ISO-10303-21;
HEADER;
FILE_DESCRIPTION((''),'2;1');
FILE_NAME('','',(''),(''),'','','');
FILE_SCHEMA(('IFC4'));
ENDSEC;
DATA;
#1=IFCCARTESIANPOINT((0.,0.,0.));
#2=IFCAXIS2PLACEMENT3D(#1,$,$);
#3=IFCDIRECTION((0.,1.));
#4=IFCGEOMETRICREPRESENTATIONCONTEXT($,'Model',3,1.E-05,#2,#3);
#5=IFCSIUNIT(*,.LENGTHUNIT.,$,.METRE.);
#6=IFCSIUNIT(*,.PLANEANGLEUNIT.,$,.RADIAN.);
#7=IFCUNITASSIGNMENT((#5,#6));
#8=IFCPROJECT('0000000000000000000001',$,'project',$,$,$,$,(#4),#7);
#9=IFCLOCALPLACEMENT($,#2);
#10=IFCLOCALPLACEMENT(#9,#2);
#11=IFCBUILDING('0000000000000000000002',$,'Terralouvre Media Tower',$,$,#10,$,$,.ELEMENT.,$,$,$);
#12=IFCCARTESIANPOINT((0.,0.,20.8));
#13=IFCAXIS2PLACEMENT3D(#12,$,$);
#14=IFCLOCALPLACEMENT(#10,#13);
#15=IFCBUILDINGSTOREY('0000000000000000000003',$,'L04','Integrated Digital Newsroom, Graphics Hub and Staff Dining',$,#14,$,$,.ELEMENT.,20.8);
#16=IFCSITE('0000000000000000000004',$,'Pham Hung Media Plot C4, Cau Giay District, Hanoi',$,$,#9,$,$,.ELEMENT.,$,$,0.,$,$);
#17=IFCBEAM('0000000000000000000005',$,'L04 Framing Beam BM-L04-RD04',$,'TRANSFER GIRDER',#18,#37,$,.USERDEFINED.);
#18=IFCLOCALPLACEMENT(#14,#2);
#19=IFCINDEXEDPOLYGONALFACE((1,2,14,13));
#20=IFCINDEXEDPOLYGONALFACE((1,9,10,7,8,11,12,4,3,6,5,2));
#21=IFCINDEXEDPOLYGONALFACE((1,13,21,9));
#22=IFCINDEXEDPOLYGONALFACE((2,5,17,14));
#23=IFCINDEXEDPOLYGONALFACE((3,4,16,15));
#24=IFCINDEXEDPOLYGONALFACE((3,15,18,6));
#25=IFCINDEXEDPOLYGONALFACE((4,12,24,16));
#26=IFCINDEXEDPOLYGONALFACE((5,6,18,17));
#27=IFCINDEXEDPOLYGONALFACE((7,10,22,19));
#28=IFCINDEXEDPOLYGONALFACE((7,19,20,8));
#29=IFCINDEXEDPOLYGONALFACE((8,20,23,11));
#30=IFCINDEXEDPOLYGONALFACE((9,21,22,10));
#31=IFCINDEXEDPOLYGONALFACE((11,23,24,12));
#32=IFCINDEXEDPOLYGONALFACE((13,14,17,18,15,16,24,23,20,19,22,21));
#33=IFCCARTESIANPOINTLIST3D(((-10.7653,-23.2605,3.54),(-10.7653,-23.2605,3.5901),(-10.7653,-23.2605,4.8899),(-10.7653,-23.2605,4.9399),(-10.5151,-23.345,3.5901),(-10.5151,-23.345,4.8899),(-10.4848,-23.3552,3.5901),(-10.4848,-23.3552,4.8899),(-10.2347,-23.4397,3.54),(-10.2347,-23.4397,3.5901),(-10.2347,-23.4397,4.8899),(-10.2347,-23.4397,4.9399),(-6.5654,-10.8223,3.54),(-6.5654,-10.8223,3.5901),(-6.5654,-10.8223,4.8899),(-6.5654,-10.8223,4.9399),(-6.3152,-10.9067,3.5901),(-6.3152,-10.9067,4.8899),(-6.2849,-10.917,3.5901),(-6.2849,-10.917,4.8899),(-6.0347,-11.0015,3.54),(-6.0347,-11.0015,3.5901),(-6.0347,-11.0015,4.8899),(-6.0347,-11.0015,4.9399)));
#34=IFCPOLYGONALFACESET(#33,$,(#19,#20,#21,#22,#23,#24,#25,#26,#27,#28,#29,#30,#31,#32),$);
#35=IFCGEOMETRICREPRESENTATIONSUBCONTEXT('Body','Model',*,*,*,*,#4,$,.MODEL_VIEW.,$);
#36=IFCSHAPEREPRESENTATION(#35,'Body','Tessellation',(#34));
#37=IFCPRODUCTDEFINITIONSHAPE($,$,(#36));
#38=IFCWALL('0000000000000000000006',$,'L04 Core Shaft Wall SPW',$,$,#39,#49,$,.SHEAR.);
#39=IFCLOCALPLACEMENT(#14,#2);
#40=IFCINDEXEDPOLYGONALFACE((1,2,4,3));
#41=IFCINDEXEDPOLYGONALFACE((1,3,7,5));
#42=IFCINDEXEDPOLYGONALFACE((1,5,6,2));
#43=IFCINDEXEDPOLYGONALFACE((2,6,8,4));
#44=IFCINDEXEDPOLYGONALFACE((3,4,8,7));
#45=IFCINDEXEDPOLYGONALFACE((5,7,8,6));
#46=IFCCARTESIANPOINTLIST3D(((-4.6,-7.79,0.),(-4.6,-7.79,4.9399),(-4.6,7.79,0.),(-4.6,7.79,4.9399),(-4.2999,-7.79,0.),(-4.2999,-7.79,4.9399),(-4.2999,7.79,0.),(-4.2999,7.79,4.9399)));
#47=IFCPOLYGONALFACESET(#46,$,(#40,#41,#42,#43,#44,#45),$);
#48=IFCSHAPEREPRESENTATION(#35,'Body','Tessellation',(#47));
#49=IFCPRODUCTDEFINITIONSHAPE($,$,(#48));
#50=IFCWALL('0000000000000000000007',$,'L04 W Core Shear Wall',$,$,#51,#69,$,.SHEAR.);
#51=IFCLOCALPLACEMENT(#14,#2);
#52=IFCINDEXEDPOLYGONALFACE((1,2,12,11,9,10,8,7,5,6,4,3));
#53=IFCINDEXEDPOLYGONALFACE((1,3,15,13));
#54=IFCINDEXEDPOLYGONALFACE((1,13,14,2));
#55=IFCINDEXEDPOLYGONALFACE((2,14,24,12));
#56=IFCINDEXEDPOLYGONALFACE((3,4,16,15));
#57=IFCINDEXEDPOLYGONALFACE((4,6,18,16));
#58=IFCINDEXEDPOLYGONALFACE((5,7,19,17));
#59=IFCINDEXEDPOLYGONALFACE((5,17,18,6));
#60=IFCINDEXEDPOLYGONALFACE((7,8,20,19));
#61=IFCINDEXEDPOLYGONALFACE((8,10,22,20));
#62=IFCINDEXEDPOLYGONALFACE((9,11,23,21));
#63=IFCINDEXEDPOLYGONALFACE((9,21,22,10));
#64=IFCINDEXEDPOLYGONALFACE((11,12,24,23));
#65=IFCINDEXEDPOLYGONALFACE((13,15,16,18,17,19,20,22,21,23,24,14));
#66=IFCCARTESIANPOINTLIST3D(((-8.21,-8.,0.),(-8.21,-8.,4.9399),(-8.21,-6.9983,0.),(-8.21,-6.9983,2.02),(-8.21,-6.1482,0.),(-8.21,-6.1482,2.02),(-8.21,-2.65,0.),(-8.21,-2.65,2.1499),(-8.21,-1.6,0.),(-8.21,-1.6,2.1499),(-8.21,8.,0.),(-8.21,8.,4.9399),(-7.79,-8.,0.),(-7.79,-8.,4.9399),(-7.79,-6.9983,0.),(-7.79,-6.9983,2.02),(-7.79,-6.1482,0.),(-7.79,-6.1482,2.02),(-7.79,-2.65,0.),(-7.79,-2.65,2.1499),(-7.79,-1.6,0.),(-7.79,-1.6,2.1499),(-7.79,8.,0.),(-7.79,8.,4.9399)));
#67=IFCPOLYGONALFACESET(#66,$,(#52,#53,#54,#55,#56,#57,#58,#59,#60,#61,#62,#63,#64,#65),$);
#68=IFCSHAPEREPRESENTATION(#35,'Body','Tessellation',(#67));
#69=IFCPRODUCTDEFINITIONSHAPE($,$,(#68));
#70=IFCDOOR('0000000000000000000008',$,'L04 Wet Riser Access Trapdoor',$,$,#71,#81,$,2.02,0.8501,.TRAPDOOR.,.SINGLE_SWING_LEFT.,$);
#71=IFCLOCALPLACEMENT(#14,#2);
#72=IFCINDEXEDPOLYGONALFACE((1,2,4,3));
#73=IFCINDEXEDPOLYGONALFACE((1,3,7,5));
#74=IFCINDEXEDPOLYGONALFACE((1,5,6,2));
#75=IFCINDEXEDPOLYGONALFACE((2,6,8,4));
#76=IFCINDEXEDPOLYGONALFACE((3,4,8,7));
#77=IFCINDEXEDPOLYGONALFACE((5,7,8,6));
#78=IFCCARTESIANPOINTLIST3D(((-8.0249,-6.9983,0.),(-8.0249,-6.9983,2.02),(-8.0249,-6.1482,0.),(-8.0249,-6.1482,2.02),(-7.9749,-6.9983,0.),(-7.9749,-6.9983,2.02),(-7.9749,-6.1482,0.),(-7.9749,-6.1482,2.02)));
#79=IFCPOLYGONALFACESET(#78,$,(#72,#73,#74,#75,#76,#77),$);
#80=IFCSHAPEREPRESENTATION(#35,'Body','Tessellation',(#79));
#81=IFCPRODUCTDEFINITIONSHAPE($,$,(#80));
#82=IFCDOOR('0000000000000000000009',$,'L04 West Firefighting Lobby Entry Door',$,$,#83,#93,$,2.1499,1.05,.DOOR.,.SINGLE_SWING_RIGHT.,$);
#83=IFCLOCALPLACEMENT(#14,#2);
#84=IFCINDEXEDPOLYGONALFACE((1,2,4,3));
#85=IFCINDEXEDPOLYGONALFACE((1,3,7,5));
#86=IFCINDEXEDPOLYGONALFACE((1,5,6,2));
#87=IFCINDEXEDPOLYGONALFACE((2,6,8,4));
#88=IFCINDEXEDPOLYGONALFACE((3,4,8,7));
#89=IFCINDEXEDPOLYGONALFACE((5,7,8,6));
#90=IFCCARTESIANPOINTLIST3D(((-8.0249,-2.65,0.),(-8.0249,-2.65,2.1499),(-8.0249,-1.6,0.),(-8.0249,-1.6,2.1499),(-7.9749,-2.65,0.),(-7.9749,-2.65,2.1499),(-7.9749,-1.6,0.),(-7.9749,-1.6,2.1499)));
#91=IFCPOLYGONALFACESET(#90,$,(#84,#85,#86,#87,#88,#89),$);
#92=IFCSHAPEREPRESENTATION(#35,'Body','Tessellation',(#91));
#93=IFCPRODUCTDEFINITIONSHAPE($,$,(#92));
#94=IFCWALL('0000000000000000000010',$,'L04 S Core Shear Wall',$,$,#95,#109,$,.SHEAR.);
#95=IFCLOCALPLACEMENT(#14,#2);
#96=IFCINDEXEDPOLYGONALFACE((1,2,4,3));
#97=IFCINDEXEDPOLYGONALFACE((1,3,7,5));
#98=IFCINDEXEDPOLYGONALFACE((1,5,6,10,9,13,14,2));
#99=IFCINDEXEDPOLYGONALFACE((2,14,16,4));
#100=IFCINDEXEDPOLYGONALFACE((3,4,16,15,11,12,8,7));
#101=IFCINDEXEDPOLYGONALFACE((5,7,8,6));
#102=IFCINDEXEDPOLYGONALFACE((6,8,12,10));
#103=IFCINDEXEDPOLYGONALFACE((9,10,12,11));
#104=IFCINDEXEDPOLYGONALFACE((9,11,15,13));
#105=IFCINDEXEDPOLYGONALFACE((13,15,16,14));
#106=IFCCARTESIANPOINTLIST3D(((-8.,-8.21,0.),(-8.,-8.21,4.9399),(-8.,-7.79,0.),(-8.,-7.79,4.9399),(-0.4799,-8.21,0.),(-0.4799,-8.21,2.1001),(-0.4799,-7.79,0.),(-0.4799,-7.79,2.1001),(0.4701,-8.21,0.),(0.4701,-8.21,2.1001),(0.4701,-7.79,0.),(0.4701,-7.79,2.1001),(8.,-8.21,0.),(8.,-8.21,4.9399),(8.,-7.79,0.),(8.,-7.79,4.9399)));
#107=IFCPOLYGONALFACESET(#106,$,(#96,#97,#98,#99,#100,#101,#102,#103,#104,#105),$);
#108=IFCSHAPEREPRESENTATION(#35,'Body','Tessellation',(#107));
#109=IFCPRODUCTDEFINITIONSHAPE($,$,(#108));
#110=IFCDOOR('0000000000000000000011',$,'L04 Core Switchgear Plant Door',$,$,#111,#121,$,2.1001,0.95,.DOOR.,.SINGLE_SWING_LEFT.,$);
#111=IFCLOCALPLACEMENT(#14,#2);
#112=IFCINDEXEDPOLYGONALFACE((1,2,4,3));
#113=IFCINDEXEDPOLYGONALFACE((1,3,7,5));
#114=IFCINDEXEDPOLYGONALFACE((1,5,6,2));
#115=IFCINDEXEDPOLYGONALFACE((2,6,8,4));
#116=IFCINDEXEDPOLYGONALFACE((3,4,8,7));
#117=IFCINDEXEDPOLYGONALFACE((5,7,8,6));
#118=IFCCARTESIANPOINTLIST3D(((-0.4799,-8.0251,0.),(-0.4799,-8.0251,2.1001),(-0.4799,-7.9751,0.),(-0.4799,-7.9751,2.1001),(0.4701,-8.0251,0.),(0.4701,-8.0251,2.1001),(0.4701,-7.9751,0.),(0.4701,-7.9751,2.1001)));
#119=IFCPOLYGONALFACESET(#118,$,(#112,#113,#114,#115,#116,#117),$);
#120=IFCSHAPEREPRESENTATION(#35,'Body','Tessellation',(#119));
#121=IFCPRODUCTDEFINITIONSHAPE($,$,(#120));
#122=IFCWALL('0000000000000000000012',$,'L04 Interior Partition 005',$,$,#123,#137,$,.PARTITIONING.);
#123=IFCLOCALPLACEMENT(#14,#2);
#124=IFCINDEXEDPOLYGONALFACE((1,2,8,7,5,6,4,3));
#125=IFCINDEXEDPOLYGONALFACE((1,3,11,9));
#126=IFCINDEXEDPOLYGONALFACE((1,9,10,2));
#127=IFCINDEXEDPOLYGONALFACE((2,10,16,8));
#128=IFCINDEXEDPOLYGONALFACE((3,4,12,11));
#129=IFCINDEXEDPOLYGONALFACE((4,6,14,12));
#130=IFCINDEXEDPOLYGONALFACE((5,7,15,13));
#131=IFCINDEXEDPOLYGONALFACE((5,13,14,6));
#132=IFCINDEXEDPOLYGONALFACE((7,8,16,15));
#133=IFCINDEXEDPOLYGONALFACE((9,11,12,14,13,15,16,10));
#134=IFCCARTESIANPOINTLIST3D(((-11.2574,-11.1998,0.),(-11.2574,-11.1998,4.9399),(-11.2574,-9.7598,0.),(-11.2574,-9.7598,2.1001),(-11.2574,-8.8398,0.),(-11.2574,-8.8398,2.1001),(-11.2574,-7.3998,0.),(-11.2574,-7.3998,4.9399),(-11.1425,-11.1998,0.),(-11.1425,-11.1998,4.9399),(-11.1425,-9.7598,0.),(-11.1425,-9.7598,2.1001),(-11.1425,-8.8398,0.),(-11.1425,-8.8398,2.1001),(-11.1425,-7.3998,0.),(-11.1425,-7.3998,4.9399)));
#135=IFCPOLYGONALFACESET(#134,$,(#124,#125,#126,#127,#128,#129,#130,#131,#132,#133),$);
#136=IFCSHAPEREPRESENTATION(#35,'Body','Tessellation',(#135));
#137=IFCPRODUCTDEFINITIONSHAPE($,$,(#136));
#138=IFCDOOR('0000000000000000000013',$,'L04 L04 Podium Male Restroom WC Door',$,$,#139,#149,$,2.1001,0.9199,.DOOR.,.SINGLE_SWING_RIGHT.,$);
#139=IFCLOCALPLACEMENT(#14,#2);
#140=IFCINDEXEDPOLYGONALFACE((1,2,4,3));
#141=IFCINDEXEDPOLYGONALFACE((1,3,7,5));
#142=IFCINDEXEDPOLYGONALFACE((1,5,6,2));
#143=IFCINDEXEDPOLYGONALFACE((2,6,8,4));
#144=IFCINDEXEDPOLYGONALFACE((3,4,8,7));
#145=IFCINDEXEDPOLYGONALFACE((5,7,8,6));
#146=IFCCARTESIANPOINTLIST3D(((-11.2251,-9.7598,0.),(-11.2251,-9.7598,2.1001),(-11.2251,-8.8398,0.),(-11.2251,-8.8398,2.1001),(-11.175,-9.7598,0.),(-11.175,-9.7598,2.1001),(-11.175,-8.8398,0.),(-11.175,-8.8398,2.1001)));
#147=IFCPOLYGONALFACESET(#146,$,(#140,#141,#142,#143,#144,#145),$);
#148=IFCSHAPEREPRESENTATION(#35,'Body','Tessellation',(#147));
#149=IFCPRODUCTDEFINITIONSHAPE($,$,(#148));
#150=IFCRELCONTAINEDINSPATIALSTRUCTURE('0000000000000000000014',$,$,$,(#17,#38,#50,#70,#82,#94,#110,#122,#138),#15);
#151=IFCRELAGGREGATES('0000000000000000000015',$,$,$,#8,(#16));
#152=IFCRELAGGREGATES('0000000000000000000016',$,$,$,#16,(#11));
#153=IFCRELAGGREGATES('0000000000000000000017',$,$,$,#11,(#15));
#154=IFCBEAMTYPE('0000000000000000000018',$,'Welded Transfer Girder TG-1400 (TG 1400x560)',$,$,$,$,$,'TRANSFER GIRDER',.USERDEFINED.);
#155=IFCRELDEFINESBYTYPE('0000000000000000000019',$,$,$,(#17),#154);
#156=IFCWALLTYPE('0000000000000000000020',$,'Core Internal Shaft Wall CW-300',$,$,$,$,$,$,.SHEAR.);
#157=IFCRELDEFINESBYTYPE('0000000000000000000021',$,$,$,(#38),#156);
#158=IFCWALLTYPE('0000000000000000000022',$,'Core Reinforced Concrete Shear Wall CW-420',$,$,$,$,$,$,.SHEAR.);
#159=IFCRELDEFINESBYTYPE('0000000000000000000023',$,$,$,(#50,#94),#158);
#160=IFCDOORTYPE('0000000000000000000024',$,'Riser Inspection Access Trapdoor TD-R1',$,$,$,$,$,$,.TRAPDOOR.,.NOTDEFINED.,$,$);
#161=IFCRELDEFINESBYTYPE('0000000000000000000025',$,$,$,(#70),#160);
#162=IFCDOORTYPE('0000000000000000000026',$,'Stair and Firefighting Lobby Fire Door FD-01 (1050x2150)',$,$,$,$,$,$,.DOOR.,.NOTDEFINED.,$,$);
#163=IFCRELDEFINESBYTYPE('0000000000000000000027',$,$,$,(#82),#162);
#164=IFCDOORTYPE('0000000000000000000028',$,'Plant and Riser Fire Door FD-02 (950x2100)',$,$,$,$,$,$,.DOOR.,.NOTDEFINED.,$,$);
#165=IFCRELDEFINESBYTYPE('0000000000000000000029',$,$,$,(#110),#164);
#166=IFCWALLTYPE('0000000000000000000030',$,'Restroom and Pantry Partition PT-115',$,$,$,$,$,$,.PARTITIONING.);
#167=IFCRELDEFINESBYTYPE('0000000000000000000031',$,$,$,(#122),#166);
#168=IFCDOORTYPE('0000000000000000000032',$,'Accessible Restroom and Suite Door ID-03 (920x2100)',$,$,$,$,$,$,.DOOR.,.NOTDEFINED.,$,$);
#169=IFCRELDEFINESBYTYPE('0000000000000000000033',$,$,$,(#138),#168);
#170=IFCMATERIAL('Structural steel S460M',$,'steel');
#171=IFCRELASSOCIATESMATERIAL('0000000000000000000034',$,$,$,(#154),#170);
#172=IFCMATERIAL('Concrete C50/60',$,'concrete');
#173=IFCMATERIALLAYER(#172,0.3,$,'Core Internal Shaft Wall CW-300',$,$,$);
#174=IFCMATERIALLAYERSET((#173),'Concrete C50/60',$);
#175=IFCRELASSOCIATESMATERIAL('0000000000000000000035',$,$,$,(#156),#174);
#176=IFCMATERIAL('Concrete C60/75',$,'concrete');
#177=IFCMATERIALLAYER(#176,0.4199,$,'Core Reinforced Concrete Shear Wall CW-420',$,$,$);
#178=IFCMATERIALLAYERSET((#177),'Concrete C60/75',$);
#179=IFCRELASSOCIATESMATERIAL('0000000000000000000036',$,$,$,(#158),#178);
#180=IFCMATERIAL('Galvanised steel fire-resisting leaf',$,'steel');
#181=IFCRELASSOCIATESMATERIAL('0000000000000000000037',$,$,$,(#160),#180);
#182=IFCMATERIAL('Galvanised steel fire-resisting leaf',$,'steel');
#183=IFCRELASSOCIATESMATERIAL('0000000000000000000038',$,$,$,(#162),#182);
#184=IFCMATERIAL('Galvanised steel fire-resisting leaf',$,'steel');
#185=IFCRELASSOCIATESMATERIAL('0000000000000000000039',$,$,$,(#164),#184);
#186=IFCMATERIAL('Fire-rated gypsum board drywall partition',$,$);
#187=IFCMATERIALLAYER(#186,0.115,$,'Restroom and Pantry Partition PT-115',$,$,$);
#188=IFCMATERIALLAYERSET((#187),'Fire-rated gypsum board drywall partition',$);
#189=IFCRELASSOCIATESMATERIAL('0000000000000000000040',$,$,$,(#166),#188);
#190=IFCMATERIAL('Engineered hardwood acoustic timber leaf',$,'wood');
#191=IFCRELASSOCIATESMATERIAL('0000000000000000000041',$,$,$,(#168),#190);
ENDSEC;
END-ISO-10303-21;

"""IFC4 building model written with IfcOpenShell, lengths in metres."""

from ifc_helpers import new_model, si_unit, direction, frame, frame_2d, origin, origin_2d, place, context, subcontext, project, spatial, rectangle, i_section, extrude, material, layer, layer_set, material_profile, profile_set, type_object, element, fill, save


model = new_model("IFC4")

# Units and contexts
model_context = context("Model", 3, precision=1e-05, world=origin(), true_north=direction((0.0, 1.0)))
body_context = subcontext(model_context, "Body", "Model", "MODEL_VIEW")
ifc_project = project(units=[si_unit("LENGTHUNIT", "METRE"), si_unit("PLANEANGLEUNIT", "RADIAN")], contexts=[model_context])

# Site, building, storey
site_placement = place(None, origin())
site = spatial("IfcSite", under=ifc_project, at=site_placement, Name="Pham Hung Media Plot C4, Cau Giay District, Hanoi", CompositionType="ELEMENT", RefElevation=0.0)
building_placement = place(site_placement, origin())
building = spatial("IfcBuilding", under=site, at=building_placement, Name="Terralouvre Media Tower", CompositionType="ELEMENT")
storey_placement = place(building_placement, frame((0.0, 0.0, 20.8)))
storey = spatial("IfcBuildingStorey", under=building, at=storey_placement, Name="L04", Description="Integrated Digital Newsroom, Graphics Hub and Staff Dining", CompositionType="ELEMENT", Elevation=20.8)

# Beam
ifc_material_1 = material(Name="Structural steel S460M", Category="steel")
ifc_material_profile_1 = material_profile(ifc_material_1, i_section(OverallWidth=0.5601, OverallDepth=1.3999, WebThickness=0.032, FlangeThickness=0.05, at=origin_2d()), Name="TG 1400x560")
ifc_profile_set_1 = profile_set([ifc_material_profile_1], Name="Structural steel S460M")
beam_type_1 = type_object("IfcBeamType", Name="Welded Transfer Girder TG-1400 (TG 1400x560)", ElementType="TRANSFER GIRDER", PredefinedType="USERDEFINED", material=ifc_profile_set_1)
beam_1_placement = place(storey_placement, frame((-6.3, -10.9119, 4.24), z_axis=(-0.319919, -0.947445, 0.0), x_axis=(0.947445, -0.319919, 0.0)))
element("IfcBeam", 1, at=beam_1_placement, inside=storey, type_object=beam_type_1, Name="L04 Framing Beam BM-L04-RD04", ObjectType="TRANSFER GIRDER", PredefinedType="USERDEFINED", context=body_context, shape_type="SweptSolid", body=[
    extrude(i_section(OverallWidth=0.5601, OverallDepth=1.3999, WebThickness=0.032, FlangeThickness=0.05, at=origin_2d()), origin(), (0.0, 0.0, 1.0), 13.1282),
])

# Wall
ifc_material_2 = material(Name="Concrete C50/60", Category="concrete")
ifc_layer_1 = layer(ifc_material_2, 0.3, Name="Core Internal Shaft Wall CW-300")
ifc_layer_set_1 = layer_set([ifc_layer_1], Name="Concrete C50/60")
wall_type_1 = type_object("IfcWallType", Name="Core Internal Shaft Wall CW-300", PredefinedType="SHEAR", material=ifc_layer_set_1)
wall_1_placement = place(storey_placement, frame((-4.45, -7.79, 0.0), z_axis=(0.0, 0.0, 1.0), x_axis=(0.0, 1.0, 0.0)))
element("IfcWall", 2, at=wall_1_placement, inside=storey, type_object=wall_type_1, Name="L04 Core Shaft Wall SPW", PredefinedType="SHEAR", context=body_context, shape_type="SweptSolid", body=[
    extrude(rectangle(XDim=15.5801, YDim=0.3, at=frame_2d((7.79, 0.0))), origin(), (0.0, 0.0, 1.0), 4.9399),
])

# Wall, openings, doors
ifc_material_3 = material(Name="Concrete C60/75", Category="concrete")
ifc_layer_2 = layer(ifc_material_3, 0.4199, Name="Core Reinforced Concrete Shear Wall CW-420")
ifc_layer_set_2 = layer_set([ifc_layer_2], Name="Concrete C60/75")
wall_type_2 = type_object("IfcWallType", Name="Core Reinforced Concrete Shear Wall CW-420", PredefinedType="SHEAR", material=ifc_layer_set_2)
wall_2_placement = place(storey_placement, frame((-8.0, -8.0, 0.0), z_axis=(0.0, 0.0, 1.0), x_axis=(0.0, 1.0, 0.0)))
wall_2 = element("IfcWall", 3, at=wall_2_placement, inside=storey, type_object=wall_type_2, Name="L04 W Core Shear Wall", PredefinedType="SHEAR", context=body_context, shape_type="SweptSolid", body=[
    extrude(rectangle(XDim=16.0, YDim=0.4199, at=frame_2d((8.0, 0.0))), origin(), (0.0, 0.0, 1.0), 4.9399),
])
opening_1_placement = place(wall_2_placement, frame((1.0017, 0.0, 0.0)))
opening_1 = element("IfcOpeningElement", 4, at=opening_1_placement, cuts=wall_2, PredefinedType="OPENING", context=body_context, shape_type="SweptSolid", body=[
    extrude(rectangle(XDim=0.8501, YDim=2.02, at=frame_2d((0.425, 1.01))), frame((0.0, 0.22, 0.0), z_axis=(0.0, -1.0, 0.0), x_axis=(1.0, 0.0, 0.0)), (0.0, 0.0, 1.0), 0.4399),
])
opening_2_placement = place(wall_2_placement, frame((5.3501, 0.0, 0.0)))
opening_2 = element("IfcOpeningElement", 5, at=opening_2_placement, cuts=wall_2, PredefinedType="OPENING", context=body_context, shape_type="SweptSolid", body=[
    extrude(rectangle(XDim=1.05, YDim=2.1499, at=frame_2d((0.5249, 1.075))), frame((0.0, 0.22, 0.0), z_axis=(0.0, -1.0, 0.0), x_axis=(1.0, 0.0, 0.0)), (0.0, 0.0, 1.0), 0.4399),
])
ifc_material_4 = material(Name="Galvanised steel fire-resisting leaf", Category="steel")
door_type_1 = type_object("IfcDoorType", Name="Riser Inspection Access Trapdoor TD-R1", OperationType="NOTDEFINED", PredefinedType="TRAPDOOR", material=ifc_material_4)
door_1_placement = place(opening_1_placement, origin())
door_1 = element("IfcDoor", 6, at=door_1_placement, inside=storey, type_object=door_type_1, Name="L04 Wet Riser Access Trapdoor", OperationType="SINGLE_SWING_LEFT", OverallHeight=2.02, OverallWidth=0.8501, PredefinedType="TRAPDOOR", context=body_context, shape_type="SweptSolid", body=[
    extrude(rectangle(XDim=0.8501, YDim=2.02, at=frame_2d((0.425, 1.01))), frame((0.0, 0.0249, 0.0), z_axis=(0.0, -1.0, 0.0), x_axis=(1.0, 0.0, 0.0)), (0.0, 0.0, 1.0), 0.05),
])
fill(opening_1, door_1)
ifc_material_5 = material(Name="Galvanised steel fire-resisting leaf", Category="steel")
door_type_2 = type_object("IfcDoorType", Name="Stair and Firefighting Lobby Fire Door FD-01 (1050x2150)", OperationType="NOTDEFINED", PredefinedType="DOOR", material=ifc_material_5)
door_2_placement = place(opening_2_placement, origin())
door_2 = element("IfcDoor", 7, at=door_2_placement, inside=storey, type_object=door_type_2, Name="L04 West Firefighting Lobby Entry Door", OperationType="SINGLE_SWING_RIGHT", OverallHeight=2.1499, OverallWidth=1.05, PredefinedType="DOOR", context=body_context, shape_type="SweptSolid", body=[
    extrude(rectangle(XDim=1.05, YDim=2.1499, at=frame_2d((0.5249, 1.075))), frame((0.0, 0.0249, 0.0), z_axis=(0.0, -1.0, 0.0), x_axis=(1.0, 0.0, 0.0)), (0.0, 0.0, 1.0), 0.05),
])
fill(opening_2, door_2)

# Walls, openings, doors
wall_3_placement = place(storey_placement, frame((-8.0, -8.0, 0.0), z_axis=(0.0, 0.0, 1.0), x_axis=(1.0, 0.0, 0.0)))
wall_3 = element("IfcWall", 8, at=wall_3_placement, inside=storey, type_object=wall_type_2, Name="L04 S Core Shear Wall", PredefinedType="SHEAR", context=body_context, shape_type="SweptSolid", body=[
    extrude(rectangle(XDim=16.0, YDim=0.4199, at=frame_2d((8.0, 0.0))), origin(), (0.0, 0.0, 1.0), 4.9399),
])
opening_3_placement = place(wall_3_placement, frame((7.52, 0.0, 0.0)))
opening_3 = element("IfcOpeningElement", 9, at=opening_3_placement, cuts=wall_3, PredefinedType="OPENING", context=body_context, shape_type="SweptSolid", body=[
    extrude(rectangle(XDim=0.95, YDim=2.1001, at=frame_2d((0.4751, 1.05))), frame((0.0, 0.22, 0.0), z_axis=(0.0, -1.0, 0.0), x_axis=(1.0, 0.0, 0.0)), (0.0, 0.0, 1.0), 0.4399),
])
ifc_material_6 = material(Name="Galvanised steel fire-resisting leaf", Category="steel")
door_type_3 = type_object("IfcDoorType", Name="Plant and Riser Fire Door FD-02 (950x2100)", OperationType="NOTDEFINED", PredefinedType="DOOR", material=ifc_material_6)
door_3_placement = place(opening_3_placement, origin())
door_3 = element("IfcDoor", 10, at=door_3_placement, inside=storey, type_object=door_type_3, Name="L04 Core Switchgear Plant Door", OperationType="SINGLE_SWING_LEFT", OverallHeight=2.1001, OverallWidth=0.95, PredefinedType="DOOR", context=body_context, shape_type="SweptSolid", body=[
    extrude(rectangle(XDim=0.95, YDim=2.1001, at=frame_2d((0.4751, 1.05))), frame((0.0, 0.0249, 0.0), z_axis=(0.0, -1.0, 0.0), x_axis=(1.0, 0.0, 0.0)), (0.0, 0.0, 1.0), 0.05),
])
fill(opening_3, door_3)
ifc_material_7 = material(Name="Fire-rated gypsum board drywall partition")
ifc_layer_3 = layer(ifc_material_7, 0.115, Name="Restroom and Pantry Partition PT-115")
ifc_layer_set_3 = layer_set([ifc_layer_3], Name="Fire-rated gypsum board drywall partition")
wall_type_3 = type_object("IfcWallType", Name="Restroom and Pantry Partition PT-115", PredefinedType="PARTITIONING", material=ifc_layer_set_3)
wall_4_placement = place(storey_placement, frame((-11.2, -7.3999, 0.0), z_axis=(0.0, 0.0, 1.0), x_axis=(0.0, -1.0, 0.0)))
wall_4 = element("IfcWall", 11, at=wall_4_placement, inside=storey, type_object=wall_type_3, Name="L04 Interior Partition 005", PredefinedType="PARTITIONING", context=body_context, shape_type="SweptSolid", body=[
    extrude(rectangle(XDim=3.8, YDim=0.115, at=frame_2d((1.8999, 0.0))), origin(), (0.0, 0.0, 1.0), 4.9399),
])
opening_4_placement = place(wall_4_placement, frame((1.4399, 0.0, 0.0)))
opening_4 = element("IfcOpeningElement", 12, at=opening_4_placement, cuts=wall_4, PredefinedType="OPENING", context=body_context, shape_type="SweptSolid", body=[
    extrude(rectangle(XDim=0.9199, YDim=2.1001, at=frame_2d((0.46, 1.05))), frame((0.0, 0.0674, 0.0), z_axis=(0.0, -1.0, 0.0), x_axis=(1.0, 0.0, 0.0)), (0.0, 0.0, 1.0), 0.135),
])
ifc_material_8 = material(Name="Engineered hardwood acoustic timber leaf", Category="wood")
door_type_4 = type_object("IfcDoorType", Name="Accessible Restroom and Suite Door ID-03 (920x2100)", OperationType="NOTDEFINED", PredefinedType="DOOR", material=ifc_material_8)
door_4_placement = place(opening_4_placement, origin())
door_4 = element("IfcDoor", 13, at=door_4_placement, inside=storey, type_object=door_type_4, Name="L04 L04 Podium Male Restroom WC Door", OperationType="SINGLE_SWING_RIGHT", OverallHeight=2.1001, OverallWidth=0.9199, PredefinedType="DOOR", context=body_context, shape_type="SweptSolid", body=[
    extrude(rectangle(XDim=0.9199, YDim=2.1001, at=frame_2d((0.46, 1.05))), frame((0.0, 0.0249, 0.0), z_axis=(0.0, -1.0, 0.0), x_axis=(1.0, 0.0, 0.0)), (0.0, 0.0, 1.0), 0.05),
])
fill(opening_4, door_4)

save(model, "model.ifc")
